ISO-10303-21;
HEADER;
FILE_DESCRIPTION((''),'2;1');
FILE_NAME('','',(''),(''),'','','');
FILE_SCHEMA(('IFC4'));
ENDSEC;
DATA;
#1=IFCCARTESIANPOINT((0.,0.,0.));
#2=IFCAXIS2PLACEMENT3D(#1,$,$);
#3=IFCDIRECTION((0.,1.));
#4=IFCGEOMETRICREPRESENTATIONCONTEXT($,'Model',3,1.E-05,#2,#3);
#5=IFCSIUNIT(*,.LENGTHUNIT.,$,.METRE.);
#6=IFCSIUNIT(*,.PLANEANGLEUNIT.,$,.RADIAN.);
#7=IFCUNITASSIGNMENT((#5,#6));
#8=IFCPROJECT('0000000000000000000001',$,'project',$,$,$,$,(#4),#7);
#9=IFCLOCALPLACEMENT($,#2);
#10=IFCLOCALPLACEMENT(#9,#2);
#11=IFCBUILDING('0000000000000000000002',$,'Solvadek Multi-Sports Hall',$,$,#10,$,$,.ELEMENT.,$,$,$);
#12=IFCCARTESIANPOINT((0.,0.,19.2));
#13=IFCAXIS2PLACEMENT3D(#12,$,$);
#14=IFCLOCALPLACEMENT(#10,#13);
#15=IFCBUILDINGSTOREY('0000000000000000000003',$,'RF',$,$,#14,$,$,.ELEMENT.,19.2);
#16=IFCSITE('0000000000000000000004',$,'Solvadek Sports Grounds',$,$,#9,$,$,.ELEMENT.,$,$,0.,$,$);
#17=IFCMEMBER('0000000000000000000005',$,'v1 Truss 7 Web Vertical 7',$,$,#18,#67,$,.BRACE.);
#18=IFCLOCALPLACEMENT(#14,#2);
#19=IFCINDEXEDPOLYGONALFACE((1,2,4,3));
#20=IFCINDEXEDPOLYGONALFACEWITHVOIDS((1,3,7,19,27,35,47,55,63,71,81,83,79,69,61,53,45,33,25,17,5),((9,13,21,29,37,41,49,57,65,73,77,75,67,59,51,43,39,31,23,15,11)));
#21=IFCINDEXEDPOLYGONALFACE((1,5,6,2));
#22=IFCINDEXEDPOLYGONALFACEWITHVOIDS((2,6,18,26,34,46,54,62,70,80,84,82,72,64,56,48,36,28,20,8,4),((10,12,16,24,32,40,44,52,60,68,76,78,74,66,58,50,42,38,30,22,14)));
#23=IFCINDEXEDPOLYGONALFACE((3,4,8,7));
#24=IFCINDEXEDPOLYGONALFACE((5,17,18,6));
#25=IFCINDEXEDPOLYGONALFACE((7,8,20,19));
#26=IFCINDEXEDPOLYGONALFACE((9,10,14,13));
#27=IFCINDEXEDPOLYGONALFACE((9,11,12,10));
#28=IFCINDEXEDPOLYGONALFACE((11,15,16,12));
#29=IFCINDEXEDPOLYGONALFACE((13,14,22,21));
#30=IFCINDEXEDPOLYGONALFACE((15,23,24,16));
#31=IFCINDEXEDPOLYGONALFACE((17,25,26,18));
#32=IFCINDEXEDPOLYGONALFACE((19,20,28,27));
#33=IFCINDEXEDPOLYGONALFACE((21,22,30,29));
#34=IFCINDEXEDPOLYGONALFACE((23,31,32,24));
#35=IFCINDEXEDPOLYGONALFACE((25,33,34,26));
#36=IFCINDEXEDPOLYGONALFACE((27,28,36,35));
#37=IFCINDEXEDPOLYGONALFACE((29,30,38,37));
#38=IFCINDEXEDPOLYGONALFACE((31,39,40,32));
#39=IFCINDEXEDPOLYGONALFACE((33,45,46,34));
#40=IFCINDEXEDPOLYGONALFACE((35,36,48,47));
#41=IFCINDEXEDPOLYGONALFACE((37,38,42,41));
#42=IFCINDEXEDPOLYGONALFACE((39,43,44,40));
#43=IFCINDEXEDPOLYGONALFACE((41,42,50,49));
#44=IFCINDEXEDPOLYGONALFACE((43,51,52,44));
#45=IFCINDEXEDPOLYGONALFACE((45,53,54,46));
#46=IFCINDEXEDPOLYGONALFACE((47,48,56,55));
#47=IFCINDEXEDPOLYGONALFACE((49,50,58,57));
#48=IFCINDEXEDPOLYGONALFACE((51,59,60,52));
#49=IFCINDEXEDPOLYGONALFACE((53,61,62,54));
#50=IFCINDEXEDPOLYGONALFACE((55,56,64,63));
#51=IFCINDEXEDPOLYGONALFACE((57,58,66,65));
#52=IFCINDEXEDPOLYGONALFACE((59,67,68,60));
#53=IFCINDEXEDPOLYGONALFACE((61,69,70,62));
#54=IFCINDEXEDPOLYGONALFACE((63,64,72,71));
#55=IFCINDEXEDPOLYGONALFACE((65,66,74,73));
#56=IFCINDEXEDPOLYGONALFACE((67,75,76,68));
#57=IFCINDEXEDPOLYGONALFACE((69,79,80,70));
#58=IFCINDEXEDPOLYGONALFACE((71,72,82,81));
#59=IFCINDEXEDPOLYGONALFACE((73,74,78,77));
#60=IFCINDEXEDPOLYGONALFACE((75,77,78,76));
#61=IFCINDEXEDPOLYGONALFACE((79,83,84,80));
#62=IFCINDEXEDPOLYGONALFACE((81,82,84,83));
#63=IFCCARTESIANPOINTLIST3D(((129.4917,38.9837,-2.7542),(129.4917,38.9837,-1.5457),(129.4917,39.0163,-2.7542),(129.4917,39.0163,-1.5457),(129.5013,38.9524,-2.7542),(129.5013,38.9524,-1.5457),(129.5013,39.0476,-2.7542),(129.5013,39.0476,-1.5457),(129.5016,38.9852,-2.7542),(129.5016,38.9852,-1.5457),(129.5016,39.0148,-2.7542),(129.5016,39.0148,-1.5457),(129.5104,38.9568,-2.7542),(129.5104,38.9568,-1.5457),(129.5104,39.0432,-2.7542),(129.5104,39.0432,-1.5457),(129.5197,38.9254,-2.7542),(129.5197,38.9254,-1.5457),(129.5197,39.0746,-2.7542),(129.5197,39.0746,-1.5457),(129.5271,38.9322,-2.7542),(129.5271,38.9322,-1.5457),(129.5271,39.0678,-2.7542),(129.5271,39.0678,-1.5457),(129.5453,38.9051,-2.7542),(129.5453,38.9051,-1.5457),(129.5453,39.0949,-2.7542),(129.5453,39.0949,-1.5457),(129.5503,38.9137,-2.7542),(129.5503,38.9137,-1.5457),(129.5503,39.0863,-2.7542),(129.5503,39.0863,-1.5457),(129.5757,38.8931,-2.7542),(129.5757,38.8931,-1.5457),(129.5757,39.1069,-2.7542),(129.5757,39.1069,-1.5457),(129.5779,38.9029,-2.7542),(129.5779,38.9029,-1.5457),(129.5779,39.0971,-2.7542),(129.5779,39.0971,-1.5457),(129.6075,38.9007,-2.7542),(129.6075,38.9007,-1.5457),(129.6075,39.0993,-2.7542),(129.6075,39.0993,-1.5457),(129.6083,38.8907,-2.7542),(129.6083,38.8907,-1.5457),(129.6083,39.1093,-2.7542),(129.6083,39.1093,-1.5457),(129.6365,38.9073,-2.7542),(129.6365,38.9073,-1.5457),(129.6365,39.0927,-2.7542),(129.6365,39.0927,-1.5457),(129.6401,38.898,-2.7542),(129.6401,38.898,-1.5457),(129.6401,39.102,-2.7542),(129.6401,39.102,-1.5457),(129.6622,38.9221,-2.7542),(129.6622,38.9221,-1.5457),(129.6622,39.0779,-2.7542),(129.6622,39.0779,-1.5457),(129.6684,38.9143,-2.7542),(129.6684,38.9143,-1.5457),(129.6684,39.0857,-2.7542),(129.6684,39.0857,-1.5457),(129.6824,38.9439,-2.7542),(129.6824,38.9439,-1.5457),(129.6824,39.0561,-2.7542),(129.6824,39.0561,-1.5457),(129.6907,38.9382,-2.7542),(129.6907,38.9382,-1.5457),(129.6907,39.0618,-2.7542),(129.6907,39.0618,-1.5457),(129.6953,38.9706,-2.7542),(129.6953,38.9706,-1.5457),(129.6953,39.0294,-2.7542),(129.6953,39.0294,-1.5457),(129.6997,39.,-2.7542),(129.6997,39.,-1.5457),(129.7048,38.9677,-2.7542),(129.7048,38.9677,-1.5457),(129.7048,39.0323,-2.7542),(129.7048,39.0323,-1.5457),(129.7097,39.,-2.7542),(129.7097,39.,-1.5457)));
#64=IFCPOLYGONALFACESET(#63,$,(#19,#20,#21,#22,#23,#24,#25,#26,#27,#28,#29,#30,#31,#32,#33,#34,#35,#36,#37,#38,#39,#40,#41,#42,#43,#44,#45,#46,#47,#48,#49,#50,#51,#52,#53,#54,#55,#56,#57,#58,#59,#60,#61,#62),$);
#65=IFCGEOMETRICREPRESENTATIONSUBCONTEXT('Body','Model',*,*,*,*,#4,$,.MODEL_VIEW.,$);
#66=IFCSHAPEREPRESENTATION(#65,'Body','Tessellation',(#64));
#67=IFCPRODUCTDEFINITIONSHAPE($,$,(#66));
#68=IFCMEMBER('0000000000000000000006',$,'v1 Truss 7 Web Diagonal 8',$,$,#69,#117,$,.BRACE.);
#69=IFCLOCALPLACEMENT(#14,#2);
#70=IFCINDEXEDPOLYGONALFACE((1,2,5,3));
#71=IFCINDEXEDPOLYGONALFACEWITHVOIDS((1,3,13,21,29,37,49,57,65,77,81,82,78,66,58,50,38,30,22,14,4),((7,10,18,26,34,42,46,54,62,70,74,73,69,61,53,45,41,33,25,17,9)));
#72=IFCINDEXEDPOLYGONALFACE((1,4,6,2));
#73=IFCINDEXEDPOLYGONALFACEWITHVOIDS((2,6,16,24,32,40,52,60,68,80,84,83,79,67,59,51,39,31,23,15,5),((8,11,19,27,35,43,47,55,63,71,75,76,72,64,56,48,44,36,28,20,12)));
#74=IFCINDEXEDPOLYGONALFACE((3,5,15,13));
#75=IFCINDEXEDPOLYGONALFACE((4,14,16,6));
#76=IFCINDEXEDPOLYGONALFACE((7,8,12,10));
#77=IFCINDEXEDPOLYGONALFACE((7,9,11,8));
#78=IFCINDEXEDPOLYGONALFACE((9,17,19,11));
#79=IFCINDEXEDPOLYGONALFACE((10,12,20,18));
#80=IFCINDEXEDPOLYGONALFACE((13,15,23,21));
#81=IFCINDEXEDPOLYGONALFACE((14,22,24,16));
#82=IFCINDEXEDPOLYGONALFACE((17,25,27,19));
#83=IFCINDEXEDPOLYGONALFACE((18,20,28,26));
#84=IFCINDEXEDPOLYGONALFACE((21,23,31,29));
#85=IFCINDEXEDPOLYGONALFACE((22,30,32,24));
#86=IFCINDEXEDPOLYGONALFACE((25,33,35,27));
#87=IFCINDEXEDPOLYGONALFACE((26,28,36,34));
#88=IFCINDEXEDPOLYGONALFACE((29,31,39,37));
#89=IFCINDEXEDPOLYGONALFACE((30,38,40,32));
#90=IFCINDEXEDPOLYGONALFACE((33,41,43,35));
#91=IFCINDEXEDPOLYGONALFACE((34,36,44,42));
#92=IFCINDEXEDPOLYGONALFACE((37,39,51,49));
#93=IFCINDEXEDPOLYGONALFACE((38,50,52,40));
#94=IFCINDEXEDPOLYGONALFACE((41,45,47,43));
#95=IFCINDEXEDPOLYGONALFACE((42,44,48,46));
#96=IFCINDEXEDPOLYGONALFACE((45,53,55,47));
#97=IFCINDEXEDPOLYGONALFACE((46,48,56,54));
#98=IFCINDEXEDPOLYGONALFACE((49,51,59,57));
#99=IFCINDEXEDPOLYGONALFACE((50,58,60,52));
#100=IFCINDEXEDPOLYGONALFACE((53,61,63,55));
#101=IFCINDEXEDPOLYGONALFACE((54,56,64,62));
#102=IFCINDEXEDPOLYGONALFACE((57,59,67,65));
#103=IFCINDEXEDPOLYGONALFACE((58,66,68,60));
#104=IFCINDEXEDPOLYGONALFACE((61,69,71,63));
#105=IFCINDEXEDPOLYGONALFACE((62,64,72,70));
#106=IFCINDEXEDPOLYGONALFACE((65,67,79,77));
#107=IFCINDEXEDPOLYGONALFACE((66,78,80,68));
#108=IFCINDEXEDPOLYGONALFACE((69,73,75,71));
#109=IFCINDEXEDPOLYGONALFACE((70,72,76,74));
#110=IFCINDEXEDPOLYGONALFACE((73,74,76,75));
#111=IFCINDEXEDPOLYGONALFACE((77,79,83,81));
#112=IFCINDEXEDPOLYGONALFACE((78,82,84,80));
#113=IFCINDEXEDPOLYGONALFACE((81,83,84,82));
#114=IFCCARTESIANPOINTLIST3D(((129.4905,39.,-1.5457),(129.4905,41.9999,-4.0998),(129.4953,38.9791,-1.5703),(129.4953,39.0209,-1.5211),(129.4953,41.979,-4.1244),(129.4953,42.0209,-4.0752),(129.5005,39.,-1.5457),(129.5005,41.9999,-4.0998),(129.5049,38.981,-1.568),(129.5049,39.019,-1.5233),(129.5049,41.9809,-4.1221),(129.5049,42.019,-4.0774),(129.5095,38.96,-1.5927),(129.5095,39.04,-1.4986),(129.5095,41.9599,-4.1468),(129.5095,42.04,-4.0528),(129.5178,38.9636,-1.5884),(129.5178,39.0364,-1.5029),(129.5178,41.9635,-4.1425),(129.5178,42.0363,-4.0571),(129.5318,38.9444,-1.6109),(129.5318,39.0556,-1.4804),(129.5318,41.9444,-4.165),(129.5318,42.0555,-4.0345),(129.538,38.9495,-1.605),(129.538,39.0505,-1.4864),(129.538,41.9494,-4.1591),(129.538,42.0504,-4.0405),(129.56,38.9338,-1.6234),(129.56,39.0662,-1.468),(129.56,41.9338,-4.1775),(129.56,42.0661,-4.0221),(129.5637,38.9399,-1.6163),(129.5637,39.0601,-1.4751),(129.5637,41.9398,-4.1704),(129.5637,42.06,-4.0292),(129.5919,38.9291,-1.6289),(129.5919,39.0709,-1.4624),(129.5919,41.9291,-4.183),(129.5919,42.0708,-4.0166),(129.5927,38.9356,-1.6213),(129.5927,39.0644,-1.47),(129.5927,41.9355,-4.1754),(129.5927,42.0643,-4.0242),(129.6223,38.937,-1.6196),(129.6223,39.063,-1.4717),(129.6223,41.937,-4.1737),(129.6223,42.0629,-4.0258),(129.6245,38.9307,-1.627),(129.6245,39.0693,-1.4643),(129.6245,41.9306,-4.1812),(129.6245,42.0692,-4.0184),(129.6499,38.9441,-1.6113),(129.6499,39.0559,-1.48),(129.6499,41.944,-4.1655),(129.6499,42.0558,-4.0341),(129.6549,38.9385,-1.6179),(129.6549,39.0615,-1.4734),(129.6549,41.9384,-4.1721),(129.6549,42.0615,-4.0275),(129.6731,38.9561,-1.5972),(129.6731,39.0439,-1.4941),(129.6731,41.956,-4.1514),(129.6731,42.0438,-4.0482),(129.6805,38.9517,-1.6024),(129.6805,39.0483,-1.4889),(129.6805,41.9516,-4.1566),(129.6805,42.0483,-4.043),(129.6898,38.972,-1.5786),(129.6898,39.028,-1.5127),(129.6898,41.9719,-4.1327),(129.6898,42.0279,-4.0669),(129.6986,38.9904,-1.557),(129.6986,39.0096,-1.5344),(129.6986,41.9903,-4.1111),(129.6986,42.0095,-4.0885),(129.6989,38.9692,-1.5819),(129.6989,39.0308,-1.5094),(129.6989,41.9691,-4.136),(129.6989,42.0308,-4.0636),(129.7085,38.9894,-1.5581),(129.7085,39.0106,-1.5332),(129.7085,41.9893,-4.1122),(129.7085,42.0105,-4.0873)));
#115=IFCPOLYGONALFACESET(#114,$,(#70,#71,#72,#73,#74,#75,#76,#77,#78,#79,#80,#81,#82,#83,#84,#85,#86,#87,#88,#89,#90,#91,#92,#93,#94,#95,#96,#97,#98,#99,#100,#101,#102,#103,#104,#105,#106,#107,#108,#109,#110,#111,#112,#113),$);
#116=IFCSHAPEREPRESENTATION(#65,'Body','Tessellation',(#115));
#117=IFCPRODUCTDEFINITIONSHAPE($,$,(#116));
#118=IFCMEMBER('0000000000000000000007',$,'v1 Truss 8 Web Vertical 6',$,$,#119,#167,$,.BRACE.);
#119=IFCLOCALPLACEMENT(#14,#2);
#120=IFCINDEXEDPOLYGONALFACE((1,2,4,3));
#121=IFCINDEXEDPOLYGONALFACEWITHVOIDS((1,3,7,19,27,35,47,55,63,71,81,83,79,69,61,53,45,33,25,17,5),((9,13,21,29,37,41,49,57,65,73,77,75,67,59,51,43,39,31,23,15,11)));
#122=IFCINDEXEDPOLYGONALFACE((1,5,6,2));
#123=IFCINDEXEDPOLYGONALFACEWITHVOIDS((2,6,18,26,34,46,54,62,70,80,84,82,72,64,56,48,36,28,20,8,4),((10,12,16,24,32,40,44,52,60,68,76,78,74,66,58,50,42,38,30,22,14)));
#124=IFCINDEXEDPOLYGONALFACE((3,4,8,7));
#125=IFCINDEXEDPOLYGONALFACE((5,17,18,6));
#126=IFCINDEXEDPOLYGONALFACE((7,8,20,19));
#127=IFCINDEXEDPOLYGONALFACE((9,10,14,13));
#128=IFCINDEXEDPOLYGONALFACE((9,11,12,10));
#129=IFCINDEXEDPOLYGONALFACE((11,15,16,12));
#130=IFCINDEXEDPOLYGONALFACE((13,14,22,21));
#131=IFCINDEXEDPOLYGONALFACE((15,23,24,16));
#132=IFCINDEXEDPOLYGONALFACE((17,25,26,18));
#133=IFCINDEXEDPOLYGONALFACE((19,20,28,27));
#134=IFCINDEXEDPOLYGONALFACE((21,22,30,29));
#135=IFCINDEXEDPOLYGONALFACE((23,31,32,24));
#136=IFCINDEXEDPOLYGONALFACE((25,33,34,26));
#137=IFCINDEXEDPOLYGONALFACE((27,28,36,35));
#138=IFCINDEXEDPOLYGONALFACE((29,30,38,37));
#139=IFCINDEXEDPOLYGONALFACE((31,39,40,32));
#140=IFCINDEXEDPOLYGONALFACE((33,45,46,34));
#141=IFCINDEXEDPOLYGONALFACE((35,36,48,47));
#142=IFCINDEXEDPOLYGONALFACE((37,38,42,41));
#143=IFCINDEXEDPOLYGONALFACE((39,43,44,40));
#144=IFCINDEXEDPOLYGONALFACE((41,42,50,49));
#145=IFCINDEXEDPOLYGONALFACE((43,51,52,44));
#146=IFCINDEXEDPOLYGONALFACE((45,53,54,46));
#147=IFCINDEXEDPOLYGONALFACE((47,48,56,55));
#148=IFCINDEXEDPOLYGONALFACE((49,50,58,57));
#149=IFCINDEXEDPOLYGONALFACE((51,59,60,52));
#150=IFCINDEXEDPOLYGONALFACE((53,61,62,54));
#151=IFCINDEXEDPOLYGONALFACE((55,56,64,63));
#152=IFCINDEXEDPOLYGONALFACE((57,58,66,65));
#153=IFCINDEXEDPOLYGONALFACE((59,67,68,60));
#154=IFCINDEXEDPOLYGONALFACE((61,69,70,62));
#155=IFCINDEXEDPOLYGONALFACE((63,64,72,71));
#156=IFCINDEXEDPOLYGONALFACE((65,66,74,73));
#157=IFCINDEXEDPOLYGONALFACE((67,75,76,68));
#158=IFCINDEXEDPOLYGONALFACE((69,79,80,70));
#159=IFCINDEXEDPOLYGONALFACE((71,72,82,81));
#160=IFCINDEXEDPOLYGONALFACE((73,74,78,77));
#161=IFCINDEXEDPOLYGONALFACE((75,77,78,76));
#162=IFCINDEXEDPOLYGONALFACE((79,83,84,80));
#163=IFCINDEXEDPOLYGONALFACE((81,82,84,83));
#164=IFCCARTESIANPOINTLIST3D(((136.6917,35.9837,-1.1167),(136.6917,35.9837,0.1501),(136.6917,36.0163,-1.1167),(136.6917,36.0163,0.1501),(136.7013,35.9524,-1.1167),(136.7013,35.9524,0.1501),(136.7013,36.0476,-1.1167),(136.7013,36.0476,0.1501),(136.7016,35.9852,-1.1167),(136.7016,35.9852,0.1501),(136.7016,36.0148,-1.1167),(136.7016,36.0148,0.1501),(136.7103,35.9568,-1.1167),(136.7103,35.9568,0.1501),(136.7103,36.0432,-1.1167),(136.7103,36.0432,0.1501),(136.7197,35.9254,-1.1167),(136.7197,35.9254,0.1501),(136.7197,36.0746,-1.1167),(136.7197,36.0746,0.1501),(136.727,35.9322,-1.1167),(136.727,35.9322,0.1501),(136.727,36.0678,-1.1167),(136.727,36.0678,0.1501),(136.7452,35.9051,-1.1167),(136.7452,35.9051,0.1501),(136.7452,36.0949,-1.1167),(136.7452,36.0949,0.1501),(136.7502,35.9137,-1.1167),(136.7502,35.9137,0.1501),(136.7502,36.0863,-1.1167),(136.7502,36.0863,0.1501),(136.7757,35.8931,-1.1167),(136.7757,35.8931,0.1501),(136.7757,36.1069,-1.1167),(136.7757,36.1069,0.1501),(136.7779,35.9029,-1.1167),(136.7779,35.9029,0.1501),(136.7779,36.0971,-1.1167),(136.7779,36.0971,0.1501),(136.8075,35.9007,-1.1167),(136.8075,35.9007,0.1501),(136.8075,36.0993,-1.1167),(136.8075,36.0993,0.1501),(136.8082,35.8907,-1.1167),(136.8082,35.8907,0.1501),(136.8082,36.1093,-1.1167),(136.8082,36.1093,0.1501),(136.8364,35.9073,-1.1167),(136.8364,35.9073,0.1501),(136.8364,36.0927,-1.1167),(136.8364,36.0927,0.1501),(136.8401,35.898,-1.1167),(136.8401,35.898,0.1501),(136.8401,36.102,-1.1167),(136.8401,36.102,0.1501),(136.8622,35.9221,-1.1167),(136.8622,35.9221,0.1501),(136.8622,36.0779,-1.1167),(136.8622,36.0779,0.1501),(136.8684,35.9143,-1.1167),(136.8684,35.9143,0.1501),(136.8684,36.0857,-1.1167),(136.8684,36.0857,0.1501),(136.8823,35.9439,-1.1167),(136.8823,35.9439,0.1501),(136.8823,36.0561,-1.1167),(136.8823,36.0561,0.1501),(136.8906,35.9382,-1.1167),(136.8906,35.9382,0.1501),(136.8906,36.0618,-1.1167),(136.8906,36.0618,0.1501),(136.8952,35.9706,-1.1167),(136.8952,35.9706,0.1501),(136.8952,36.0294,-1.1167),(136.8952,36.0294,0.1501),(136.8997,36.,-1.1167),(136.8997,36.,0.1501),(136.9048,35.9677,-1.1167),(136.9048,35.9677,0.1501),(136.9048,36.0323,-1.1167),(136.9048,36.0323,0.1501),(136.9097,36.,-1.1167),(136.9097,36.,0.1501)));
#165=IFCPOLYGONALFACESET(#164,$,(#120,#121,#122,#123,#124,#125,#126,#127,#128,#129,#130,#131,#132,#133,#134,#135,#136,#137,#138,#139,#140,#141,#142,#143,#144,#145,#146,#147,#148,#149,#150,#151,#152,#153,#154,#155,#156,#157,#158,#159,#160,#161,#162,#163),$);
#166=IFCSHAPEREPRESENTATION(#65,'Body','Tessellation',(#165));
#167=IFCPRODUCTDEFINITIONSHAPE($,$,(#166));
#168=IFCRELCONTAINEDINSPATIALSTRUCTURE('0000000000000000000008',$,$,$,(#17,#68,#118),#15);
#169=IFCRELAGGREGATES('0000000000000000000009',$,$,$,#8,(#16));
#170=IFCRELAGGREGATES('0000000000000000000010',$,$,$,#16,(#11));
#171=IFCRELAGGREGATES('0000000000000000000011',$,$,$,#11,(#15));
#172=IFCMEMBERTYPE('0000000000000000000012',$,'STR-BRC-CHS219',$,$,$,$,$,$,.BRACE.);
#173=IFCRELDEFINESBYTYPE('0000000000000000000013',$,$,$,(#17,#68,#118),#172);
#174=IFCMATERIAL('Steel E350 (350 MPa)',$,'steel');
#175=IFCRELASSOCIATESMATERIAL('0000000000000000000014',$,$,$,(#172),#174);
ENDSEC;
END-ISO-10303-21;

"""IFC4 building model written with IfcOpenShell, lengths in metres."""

from ifc_helpers import new_model, si_unit, direction, frame, origin, origin_2d, place, context, subcontext, project, spatial, hollow_circle, extrude, material, material_profile, profile_set, type_object, element, save


model = new_model("IFC4")

# Units and contexts
model_context = context("Model", 3, precision=1e-05, world=origin(), true_north=direction((0.0, 1.0)))
body_context = subcontext(model_context, "Body", "Model", "MODEL_VIEW")
ifc_project = project(units=[si_unit("LENGTHUNIT", "METRE"), si_unit("PLANEANGLEUNIT", "RADIAN")], contexts=[model_context])

# Site, building, storey
site_placement = place(None, origin())
site = spatial("IfcSite", under=ifc_project, at=site_placement, Name="Solvadek Sports Grounds", CompositionType="ELEMENT", RefElevation=0.0)
building_placement = place(site_placement, origin())
building = spatial("IfcBuilding", under=site, at=building_placement, Name="Solvadek Multi-Sports Hall", CompositionType="ELEMENT")
storey_placement = place(building_placement, frame((0.0, 0.0, 19.2)))
storey = spatial("IfcBuildingStorey", under=building, at=storey_placement, Name="RF", CompositionType="ELEMENT", Elevation=19.2)

# Members
ifc_material_1 = material(Name="Steel E350 (350 MPa)", Category="steel")
ifc_material_profile_1 = material_profile(ifc_material_1, hollow_circle(Radius=0.1096, WallThickness=0.01, at=origin_2d()), Name="CHS 219.1x10")
ifc_profile_set_1 = profile_set([ifc_material_profile_1], Name="Steel E350 (350 MPa)")
member_type_1 = type_object("IfcMemberType", Name="STR-BRC-CHS219", PredefinedType="BRACE", material=ifc_profile_set_1)
member_1_placement = place(storey_placement, frame((129.6001, 39.0, -2.7542), z_axis=(0.0, 0.0, 1.0), x_axis=(1.0, 0.0, 0.0)))
element("IfcMember", 1, at=member_1_placement, inside=storey, type_object=member_type_1, Name="v1 Truss 7 Web Vertical 7", PredefinedType="BRACE", context=body_context, shape_type="SweptSolid", body=[
    extrude(hollow_circle(Radius=0.1096, WallThickness=0.01, at=origin_2d()), origin(), (0.0, 0.0, 1.0), 1.2085),
])
member_2_placement = place(storey_placement, frame((129.6001, 39.0, -1.5457), z_axis=(0.0, 0.761413, -0.648267), x_axis=(-1.0, 0.0, 0.0)))
element("IfcMember", 2, at=member_2_placement, inside=storey, type_object=member_type_1, Name="v1 Truss 7 Web Diagonal 8", PredefinedType="BRACE", context=body_context, shape_type="SweptSolid", body=[
    extrude(hollow_circle(Radius=0.1096, WallThickness=0.01, at=origin_2d()), origin(), (0.0, 0.0, 1.0), 3.9399),
])
member_3_placement = place(storey_placement, frame((136.8, 36.0, -1.1167), z_axis=(0.0, 0.0, 1.0), x_axis=(1.0, 0.0, 0.0)))
element("IfcMember", 3, at=member_3_placement, inside=storey, type_object=member_type_1, Name="v1 Truss 8 Web Vertical 6", PredefinedType="BRACE", context=body_context, shape_type="SweptSolid", body=[
    extrude(hollow_circle(Radius=0.1096, WallThickness=0.01, at=origin_2d()), origin(), (0.0, 0.0, 1.0), 1.2668),
])

save(model, "model.ifc")
